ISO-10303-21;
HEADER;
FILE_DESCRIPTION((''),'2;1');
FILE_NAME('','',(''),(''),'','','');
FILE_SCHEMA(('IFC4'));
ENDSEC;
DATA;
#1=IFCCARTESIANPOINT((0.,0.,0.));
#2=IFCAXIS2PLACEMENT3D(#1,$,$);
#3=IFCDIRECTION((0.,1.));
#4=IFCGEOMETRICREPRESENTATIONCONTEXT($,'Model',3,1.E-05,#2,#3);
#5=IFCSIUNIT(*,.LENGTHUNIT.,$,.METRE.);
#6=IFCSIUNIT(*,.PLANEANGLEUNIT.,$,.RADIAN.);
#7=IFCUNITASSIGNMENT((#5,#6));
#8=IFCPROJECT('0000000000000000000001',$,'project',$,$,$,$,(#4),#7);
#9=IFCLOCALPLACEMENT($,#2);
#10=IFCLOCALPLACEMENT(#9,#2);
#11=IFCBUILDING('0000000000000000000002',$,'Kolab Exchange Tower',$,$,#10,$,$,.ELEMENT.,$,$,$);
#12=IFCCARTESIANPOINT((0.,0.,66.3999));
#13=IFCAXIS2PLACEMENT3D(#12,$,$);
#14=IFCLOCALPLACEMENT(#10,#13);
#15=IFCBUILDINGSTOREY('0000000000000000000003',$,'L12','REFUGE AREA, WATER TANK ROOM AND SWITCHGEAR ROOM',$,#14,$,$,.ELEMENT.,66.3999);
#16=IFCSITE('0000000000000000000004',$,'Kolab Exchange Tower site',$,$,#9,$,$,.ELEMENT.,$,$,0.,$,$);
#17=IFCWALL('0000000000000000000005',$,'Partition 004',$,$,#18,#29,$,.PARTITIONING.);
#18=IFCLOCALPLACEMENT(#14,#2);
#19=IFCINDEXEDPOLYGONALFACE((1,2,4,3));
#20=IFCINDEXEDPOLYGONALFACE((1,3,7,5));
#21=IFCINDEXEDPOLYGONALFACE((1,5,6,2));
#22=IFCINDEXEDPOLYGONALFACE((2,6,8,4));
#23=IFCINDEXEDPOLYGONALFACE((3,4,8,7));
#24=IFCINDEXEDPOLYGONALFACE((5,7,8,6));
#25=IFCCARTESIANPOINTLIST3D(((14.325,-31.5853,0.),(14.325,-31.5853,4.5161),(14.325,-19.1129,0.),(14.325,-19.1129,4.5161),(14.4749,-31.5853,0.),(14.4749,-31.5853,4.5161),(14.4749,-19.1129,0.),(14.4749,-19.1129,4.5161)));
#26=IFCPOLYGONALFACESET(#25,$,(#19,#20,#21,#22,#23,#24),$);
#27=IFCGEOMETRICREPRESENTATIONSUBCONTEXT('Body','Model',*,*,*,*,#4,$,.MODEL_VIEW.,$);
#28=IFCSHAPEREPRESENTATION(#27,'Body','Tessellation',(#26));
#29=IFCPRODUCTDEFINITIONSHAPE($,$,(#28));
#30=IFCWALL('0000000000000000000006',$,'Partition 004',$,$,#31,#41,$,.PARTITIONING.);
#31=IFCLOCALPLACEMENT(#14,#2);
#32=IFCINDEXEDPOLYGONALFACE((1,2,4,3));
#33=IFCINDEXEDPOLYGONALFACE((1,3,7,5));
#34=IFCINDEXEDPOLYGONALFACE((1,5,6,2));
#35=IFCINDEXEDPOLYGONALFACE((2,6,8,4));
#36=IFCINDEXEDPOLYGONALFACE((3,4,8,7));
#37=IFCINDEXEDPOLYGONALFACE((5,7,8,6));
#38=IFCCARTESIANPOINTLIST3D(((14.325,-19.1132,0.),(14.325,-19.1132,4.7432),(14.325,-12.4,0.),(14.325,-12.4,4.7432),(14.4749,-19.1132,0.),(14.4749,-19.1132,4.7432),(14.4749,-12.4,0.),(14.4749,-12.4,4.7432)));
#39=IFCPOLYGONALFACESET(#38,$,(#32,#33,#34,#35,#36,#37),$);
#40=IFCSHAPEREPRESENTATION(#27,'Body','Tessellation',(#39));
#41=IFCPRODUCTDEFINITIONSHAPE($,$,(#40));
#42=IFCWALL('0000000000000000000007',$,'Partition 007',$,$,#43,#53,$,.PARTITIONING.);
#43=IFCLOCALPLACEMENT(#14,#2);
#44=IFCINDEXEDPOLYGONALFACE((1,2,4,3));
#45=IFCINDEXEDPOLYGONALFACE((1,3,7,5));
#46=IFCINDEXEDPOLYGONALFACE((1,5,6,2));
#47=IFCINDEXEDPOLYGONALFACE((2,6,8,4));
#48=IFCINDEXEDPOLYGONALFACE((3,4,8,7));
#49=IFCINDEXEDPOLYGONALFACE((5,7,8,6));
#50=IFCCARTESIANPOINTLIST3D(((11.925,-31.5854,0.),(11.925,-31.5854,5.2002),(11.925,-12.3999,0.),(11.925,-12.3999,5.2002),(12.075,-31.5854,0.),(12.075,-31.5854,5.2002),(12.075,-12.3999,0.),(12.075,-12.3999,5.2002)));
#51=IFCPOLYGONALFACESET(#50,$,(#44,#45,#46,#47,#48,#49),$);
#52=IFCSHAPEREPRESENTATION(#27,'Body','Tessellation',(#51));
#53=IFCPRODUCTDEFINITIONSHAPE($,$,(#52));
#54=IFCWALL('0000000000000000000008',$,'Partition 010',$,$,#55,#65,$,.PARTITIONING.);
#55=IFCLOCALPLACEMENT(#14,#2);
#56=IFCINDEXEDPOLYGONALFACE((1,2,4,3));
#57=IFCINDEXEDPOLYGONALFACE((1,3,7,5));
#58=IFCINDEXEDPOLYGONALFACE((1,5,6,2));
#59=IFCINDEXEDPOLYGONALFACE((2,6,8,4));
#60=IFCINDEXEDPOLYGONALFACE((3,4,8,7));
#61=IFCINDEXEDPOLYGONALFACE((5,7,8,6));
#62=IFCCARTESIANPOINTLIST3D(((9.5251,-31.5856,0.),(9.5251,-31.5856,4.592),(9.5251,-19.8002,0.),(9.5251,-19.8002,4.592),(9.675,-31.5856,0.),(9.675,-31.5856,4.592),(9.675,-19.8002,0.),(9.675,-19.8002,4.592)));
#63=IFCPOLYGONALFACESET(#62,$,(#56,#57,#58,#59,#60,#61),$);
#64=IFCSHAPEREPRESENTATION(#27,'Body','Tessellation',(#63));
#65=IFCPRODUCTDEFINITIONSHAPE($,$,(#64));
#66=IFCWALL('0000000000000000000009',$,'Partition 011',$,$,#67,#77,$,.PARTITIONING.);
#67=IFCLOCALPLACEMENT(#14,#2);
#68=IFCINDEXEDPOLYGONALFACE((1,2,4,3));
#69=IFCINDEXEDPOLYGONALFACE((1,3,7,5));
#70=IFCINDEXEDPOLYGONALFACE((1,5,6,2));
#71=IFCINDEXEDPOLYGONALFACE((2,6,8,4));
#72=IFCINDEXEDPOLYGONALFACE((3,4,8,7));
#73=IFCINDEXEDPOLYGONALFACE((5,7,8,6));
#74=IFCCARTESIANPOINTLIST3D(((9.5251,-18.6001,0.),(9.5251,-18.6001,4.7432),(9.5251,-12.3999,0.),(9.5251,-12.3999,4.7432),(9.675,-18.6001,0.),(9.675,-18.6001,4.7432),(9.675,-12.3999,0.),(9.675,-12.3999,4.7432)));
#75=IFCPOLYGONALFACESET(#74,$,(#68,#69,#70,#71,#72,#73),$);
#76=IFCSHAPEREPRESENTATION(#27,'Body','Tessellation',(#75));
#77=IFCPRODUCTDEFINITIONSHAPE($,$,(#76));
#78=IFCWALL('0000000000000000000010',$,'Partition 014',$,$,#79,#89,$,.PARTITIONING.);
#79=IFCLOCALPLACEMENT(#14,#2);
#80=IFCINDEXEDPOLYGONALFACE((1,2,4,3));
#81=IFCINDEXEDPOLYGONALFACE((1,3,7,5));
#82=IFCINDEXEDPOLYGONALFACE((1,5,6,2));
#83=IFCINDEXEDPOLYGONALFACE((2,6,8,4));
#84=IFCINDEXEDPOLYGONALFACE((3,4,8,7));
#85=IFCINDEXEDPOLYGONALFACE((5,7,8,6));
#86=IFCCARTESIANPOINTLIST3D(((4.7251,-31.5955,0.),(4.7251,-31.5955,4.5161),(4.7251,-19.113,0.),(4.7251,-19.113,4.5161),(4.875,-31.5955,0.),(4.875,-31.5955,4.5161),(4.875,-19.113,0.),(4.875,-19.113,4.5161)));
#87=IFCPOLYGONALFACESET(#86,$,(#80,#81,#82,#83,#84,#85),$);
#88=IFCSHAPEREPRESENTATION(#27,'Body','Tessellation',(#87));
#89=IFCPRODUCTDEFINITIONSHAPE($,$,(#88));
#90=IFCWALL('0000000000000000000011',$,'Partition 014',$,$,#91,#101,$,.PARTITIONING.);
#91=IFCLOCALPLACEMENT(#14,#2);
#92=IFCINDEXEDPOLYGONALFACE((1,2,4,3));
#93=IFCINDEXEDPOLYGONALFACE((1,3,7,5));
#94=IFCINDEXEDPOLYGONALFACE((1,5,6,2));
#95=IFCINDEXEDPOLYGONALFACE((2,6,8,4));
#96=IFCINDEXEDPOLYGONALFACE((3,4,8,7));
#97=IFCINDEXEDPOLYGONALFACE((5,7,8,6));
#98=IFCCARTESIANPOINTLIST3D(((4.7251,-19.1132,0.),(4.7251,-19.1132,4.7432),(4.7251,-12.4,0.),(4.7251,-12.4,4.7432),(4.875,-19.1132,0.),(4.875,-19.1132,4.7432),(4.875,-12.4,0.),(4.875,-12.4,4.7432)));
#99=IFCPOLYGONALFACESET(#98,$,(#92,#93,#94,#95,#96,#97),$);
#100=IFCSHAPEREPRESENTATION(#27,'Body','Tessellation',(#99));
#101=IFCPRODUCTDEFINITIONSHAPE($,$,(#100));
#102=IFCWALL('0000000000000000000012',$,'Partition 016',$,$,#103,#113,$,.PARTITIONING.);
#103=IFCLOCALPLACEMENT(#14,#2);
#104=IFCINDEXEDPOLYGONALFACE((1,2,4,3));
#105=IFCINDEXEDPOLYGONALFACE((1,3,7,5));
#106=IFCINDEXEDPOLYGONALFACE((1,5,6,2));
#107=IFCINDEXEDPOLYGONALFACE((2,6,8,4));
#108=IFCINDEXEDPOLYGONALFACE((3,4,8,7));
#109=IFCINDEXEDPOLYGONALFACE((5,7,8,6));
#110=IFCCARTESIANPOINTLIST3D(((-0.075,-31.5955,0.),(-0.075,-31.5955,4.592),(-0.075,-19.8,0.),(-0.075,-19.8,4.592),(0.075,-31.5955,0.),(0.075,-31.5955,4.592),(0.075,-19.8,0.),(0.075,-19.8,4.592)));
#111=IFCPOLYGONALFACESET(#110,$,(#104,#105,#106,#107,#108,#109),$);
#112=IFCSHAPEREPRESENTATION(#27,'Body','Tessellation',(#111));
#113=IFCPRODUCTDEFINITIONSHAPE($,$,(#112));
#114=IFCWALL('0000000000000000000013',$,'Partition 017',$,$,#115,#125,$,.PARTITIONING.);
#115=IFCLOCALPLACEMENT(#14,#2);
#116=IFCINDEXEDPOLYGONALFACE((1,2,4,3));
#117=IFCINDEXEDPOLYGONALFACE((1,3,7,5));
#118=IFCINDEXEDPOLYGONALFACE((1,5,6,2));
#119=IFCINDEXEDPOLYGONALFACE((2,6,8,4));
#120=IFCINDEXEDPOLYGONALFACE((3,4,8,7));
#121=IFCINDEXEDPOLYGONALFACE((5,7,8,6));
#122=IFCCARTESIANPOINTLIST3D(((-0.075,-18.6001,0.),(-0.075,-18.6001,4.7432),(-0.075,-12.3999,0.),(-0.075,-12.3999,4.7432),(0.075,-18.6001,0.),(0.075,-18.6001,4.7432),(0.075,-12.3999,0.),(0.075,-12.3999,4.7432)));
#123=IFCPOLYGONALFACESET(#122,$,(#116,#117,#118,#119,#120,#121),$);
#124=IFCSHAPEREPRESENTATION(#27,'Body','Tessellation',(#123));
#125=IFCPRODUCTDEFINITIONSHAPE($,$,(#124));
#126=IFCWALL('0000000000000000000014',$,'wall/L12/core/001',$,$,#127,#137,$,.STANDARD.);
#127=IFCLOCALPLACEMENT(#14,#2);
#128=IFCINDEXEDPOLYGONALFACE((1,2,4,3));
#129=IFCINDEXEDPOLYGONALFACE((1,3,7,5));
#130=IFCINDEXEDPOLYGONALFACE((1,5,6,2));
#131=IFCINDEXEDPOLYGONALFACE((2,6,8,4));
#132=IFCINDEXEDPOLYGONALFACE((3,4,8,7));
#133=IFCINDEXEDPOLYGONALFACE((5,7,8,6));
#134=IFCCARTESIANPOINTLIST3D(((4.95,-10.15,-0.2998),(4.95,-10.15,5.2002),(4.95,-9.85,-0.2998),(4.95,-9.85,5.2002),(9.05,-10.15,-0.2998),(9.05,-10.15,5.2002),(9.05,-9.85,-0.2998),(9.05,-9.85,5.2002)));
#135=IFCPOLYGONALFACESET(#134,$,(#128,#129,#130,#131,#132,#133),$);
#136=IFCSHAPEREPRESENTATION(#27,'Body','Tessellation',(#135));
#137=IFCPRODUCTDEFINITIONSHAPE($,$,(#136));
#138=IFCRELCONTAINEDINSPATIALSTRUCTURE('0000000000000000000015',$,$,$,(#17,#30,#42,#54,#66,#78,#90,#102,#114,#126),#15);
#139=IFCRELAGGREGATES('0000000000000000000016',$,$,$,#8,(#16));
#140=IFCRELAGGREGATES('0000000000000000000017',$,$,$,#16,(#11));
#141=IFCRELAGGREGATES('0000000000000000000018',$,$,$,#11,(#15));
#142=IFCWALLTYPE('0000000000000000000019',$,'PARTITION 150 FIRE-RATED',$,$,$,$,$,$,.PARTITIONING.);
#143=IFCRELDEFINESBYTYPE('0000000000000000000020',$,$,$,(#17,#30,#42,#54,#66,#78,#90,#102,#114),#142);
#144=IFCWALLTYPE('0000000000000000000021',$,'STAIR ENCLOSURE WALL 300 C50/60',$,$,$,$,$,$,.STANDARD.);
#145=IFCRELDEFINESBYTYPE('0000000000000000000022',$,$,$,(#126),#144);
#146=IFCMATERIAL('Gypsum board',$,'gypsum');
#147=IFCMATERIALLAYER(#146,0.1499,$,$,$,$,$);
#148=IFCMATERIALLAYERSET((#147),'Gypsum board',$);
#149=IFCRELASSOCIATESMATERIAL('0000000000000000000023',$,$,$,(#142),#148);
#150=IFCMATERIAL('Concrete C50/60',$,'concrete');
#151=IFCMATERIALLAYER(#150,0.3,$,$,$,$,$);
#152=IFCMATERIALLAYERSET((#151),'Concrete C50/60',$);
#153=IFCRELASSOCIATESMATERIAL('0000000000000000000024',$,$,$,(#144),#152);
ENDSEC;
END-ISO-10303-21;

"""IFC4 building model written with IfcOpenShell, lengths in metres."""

from ifc_helpers import new_model, si_unit, direction, frame, frame_2d, origin, place, context, subcontext, project, spatial, rectangle, extrude, material, layer, layer_set, type_object, element, save


model = new_model("IFC4")

# Units and contexts
model_context = context("Model", 3, precision=1e-05, world=origin(), true_north=direction((0.0, 1.0)))
body_context = subcontext(model_context, "Body", "Model", "MODEL_VIEW")
ifc_project = project(units=[si_unit("LENGTHUNIT", "METRE"), si_unit("PLANEANGLEUNIT", "RADIAN")], contexts=[model_context])

# Site, building, storey
site_placement = place(None, origin())
site = spatial("IfcSite", under=ifc_project, at=site_placement, Name="Kolab Exchange Tower site", CompositionType="ELEMENT", RefElevation=0.0)
building_placement = place(site_placement, origin())
building = spatial("IfcBuilding", under=site, at=building_placement, Name="Kolab Exchange Tower", CompositionType="ELEMENT")
storey_placement = place(building_placement, frame((0.0, 0.0, 66.3999)))
storey = spatial("IfcBuildingStorey", under=building, at=storey_placement, Name="L12", Description="REFUGE AREA, WATER TANK ROOM AND SWITCHGEAR ROOM", CompositionType="ELEMENT", Elevation=66.3999)

# Shared definitions
ifc_material_1 = material(Name="Gypsum board", Category="gypsum")
ifc_layer_1 = layer(ifc_material_1, 0.1499)
ifc_layer_set_1 = layer_set([ifc_layer_1], Name="Gypsum board")
wall_type_1 = type_object("IfcWallType", Name="PARTITION 150 FIRE-RATED", PredefinedType="PARTITIONING", material=ifc_layer_set_1)

# Walls
wall_1_placement = place(storey_placement, frame((14.3999, -31.5854, 0.0), z_axis=(0.0, 0.0, 1.0), x_axis=(0.0, 1.0, 0.0)))
element("IfcWall", 1, at=wall_1_placement, inside=storey, type_object=wall_type_1, Name="Partition 004", PredefinedType="PARTITIONING", context=body_context, shape_type="SweptSolid", body=[
    extrude(rectangle(XDim=12.4724, YDim=0.1499, at=frame_2d((6.2363, 0.0))), origin(), (0.0, 0.0, 1.0), 4.5161),
])
wall_2_placement = place(storey_placement, frame((14.3999, -19.113, 0.0), z_axis=(0.0, 0.0, 1.0), x_axis=(0.0, 1.0, 0.0)))
element("IfcWall", 2, at=wall_2_placement, inside=storey, type_object=wall_type_1, Name="Partition 004", PredefinedType="PARTITIONING", context=body_context, shape_type="SweptSolid", body=[
    extrude(rectangle(XDim=6.7131, YDim=0.1499, at=frame_2d((3.3564, 0.0))), origin(), (0.0, 0.0, 1.0), 4.7432),
])
wall_3_placement = place(storey_placement, frame((12.0, -31.5854, 0.0), z_axis=(0.0, 0.0, 1.0), x_axis=(0.0, 1.0, 0.0)))
element("IfcWall", 3, at=wall_3_placement, inside=storey, type_object=wall_type_1, Name="Partition 007", PredefinedType="PARTITIONING", context=body_context, shape_type="SweptSolid", body=[
    extrude(rectangle(XDim=19.1855, YDim=0.1499, at=frame_2d((9.5928, 0.0))), origin(), (0.0, 0.0, 1.0), 5.2002),
])
wall_4_placement = place(storey_placement, frame((9.6001, -31.5854, 0.0), z_axis=(0.0, 0.0, 1.0), x_axis=(0.0, 1.0, 0.0)))
element("IfcWall", 4, at=wall_4_placement, inside=storey, type_object=wall_type_1, Name="Partition 010", PredefinedType="PARTITIONING", context=body_context, shape_type="SweptSolid", body=[
    extrude(rectangle(XDim=11.7854, YDim=0.1499, at=frame_2d((5.8926, 0.0))), origin(), (0.0, 0.0, 1.0), 4.592),
])
wall_5_placement = place(storey_placement, frame((9.6001, -18.6001, 0.0), z_axis=(0.0, 0.0, 1.0), x_axis=(0.0, 1.0, 0.0)))
element("IfcWall", 5, at=wall_5_placement, inside=storey, type_object=wall_type_1, Name="Partition 011", PredefinedType="PARTITIONING", context=body_context, shape_type="SweptSolid", body=[
    extrude(rectangle(XDim=6.2002, YDim=0.1499, at=frame_2d((3.1001, 0.0))), origin(), (0.0, 0.0, 1.0), 4.7432),
])
wall_6_placement = place(storey_placement, frame((4.8, -31.5955, 0.0), z_axis=(0.0, 0.0, 1.0), x_axis=(0.0, 1.0, 0.0)))
element("IfcWall", 6, at=wall_6_placement, inside=storey, type_object=wall_type_1, Name="Partition 014", PredefinedType="PARTITIONING", context=body_context, shape_type="SweptSolid", body=[
    extrude(rectangle(XDim=12.4824, YDim=0.1499, at=frame_2d((6.2412, 0.0))), origin(), (0.0, 0.0, 1.0), 4.5161),
])
wall_7_placement = place(storey_placement, frame((4.8, -19.113, 0.0), z_axis=(0.0, 0.0, 1.0), x_axis=(0.0, 1.0, 0.0)))
element("IfcWall", 7, at=wall_7_placement, inside=storey, type_object=wall_type_1, Name="Partition 014", PredefinedType="PARTITIONING", context=body_context, shape_type="SweptSolid", body=[
    extrude(rectangle(XDim=6.7131, YDim=0.1499, at=frame_2d((3.3564, 0.0))), origin(), (0.0, 0.0, 1.0), 4.7432),
])
wall_8_placement = place(storey_placement, frame((0.0, -31.5955, 0.0), z_axis=(0.0, 0.0, 1.0), x_axis=(0.0, 1.0, 0.0)))
element("IfcWall", 8, at=wall_8_placement, inside=storey, type_object=wall_type_1, Name="Partition 016", PredefinedType="PARTITIONING", context=body_context, shape_type="SweptSolid", body=[
    extrude(rectangle(XDim=11.7954, YDim=0.1499, at=frame_2d((5.8977, 0.0))), origin(), (0.0, 0.0, 1.0), 4.592),
])
wall_9_placement = place(storey_placement, frame((0.0, -18.6001, 0.0), z_axis=(0.0, 0.0, 1.0), x_axis=(0.0, 1.0, 0.0)))
element("IfcWall", 9, at=wall_9_placement, inside=storey, type_object=wall_type_1, Name="Partition 017", PredefinedType="PARTITIONING", context=body_context, shape_type="SweptSolid", body=[
    extrude(rectangle(XDim=6.2002, YDim=0.1499, at=frame_2d((3.1001, 0.0))), origin(), (0.0, 0.0, 1.0), 4.7432),
])
ifc_material_2 = material(Name="Concrete C50/60", Category="concrete")
ifc_layer_2 = layer(ifc_material_2, 0.3)
ifc_layer_set_2 = layer_set([ifc_layer_2], Name="Concrete C50/60")
wall_type_2 = type_object("IfcWallType", Name="STAIR ENCLOSURE WALL 300 C50/60", PredefinedType="STANDARD", material=ifc_layer_set_2)
wall_10_placement = place(storey_placement, frame((4.95, -10.0, -0.2998), z_axis=(0.0, 0.0, 1.0), x_axis=(1.0, 0.0, 0.0)))
element("IfcWall", 10, at=wall_10_placement, inside=storey, type_object=wall_type_2, Name="wall/L12/core/001", PredefinedType="STANDARD", context=body_context, shape_type="SweptSolid", body=[
    extrude(rectangle(XDim=4.1001, YDim=0.3, at=frame_2d((2.05, 0.0))), origin(), (0.0, 0.0, 1.0), 5.5),
])

save(model, "model.ifc")
